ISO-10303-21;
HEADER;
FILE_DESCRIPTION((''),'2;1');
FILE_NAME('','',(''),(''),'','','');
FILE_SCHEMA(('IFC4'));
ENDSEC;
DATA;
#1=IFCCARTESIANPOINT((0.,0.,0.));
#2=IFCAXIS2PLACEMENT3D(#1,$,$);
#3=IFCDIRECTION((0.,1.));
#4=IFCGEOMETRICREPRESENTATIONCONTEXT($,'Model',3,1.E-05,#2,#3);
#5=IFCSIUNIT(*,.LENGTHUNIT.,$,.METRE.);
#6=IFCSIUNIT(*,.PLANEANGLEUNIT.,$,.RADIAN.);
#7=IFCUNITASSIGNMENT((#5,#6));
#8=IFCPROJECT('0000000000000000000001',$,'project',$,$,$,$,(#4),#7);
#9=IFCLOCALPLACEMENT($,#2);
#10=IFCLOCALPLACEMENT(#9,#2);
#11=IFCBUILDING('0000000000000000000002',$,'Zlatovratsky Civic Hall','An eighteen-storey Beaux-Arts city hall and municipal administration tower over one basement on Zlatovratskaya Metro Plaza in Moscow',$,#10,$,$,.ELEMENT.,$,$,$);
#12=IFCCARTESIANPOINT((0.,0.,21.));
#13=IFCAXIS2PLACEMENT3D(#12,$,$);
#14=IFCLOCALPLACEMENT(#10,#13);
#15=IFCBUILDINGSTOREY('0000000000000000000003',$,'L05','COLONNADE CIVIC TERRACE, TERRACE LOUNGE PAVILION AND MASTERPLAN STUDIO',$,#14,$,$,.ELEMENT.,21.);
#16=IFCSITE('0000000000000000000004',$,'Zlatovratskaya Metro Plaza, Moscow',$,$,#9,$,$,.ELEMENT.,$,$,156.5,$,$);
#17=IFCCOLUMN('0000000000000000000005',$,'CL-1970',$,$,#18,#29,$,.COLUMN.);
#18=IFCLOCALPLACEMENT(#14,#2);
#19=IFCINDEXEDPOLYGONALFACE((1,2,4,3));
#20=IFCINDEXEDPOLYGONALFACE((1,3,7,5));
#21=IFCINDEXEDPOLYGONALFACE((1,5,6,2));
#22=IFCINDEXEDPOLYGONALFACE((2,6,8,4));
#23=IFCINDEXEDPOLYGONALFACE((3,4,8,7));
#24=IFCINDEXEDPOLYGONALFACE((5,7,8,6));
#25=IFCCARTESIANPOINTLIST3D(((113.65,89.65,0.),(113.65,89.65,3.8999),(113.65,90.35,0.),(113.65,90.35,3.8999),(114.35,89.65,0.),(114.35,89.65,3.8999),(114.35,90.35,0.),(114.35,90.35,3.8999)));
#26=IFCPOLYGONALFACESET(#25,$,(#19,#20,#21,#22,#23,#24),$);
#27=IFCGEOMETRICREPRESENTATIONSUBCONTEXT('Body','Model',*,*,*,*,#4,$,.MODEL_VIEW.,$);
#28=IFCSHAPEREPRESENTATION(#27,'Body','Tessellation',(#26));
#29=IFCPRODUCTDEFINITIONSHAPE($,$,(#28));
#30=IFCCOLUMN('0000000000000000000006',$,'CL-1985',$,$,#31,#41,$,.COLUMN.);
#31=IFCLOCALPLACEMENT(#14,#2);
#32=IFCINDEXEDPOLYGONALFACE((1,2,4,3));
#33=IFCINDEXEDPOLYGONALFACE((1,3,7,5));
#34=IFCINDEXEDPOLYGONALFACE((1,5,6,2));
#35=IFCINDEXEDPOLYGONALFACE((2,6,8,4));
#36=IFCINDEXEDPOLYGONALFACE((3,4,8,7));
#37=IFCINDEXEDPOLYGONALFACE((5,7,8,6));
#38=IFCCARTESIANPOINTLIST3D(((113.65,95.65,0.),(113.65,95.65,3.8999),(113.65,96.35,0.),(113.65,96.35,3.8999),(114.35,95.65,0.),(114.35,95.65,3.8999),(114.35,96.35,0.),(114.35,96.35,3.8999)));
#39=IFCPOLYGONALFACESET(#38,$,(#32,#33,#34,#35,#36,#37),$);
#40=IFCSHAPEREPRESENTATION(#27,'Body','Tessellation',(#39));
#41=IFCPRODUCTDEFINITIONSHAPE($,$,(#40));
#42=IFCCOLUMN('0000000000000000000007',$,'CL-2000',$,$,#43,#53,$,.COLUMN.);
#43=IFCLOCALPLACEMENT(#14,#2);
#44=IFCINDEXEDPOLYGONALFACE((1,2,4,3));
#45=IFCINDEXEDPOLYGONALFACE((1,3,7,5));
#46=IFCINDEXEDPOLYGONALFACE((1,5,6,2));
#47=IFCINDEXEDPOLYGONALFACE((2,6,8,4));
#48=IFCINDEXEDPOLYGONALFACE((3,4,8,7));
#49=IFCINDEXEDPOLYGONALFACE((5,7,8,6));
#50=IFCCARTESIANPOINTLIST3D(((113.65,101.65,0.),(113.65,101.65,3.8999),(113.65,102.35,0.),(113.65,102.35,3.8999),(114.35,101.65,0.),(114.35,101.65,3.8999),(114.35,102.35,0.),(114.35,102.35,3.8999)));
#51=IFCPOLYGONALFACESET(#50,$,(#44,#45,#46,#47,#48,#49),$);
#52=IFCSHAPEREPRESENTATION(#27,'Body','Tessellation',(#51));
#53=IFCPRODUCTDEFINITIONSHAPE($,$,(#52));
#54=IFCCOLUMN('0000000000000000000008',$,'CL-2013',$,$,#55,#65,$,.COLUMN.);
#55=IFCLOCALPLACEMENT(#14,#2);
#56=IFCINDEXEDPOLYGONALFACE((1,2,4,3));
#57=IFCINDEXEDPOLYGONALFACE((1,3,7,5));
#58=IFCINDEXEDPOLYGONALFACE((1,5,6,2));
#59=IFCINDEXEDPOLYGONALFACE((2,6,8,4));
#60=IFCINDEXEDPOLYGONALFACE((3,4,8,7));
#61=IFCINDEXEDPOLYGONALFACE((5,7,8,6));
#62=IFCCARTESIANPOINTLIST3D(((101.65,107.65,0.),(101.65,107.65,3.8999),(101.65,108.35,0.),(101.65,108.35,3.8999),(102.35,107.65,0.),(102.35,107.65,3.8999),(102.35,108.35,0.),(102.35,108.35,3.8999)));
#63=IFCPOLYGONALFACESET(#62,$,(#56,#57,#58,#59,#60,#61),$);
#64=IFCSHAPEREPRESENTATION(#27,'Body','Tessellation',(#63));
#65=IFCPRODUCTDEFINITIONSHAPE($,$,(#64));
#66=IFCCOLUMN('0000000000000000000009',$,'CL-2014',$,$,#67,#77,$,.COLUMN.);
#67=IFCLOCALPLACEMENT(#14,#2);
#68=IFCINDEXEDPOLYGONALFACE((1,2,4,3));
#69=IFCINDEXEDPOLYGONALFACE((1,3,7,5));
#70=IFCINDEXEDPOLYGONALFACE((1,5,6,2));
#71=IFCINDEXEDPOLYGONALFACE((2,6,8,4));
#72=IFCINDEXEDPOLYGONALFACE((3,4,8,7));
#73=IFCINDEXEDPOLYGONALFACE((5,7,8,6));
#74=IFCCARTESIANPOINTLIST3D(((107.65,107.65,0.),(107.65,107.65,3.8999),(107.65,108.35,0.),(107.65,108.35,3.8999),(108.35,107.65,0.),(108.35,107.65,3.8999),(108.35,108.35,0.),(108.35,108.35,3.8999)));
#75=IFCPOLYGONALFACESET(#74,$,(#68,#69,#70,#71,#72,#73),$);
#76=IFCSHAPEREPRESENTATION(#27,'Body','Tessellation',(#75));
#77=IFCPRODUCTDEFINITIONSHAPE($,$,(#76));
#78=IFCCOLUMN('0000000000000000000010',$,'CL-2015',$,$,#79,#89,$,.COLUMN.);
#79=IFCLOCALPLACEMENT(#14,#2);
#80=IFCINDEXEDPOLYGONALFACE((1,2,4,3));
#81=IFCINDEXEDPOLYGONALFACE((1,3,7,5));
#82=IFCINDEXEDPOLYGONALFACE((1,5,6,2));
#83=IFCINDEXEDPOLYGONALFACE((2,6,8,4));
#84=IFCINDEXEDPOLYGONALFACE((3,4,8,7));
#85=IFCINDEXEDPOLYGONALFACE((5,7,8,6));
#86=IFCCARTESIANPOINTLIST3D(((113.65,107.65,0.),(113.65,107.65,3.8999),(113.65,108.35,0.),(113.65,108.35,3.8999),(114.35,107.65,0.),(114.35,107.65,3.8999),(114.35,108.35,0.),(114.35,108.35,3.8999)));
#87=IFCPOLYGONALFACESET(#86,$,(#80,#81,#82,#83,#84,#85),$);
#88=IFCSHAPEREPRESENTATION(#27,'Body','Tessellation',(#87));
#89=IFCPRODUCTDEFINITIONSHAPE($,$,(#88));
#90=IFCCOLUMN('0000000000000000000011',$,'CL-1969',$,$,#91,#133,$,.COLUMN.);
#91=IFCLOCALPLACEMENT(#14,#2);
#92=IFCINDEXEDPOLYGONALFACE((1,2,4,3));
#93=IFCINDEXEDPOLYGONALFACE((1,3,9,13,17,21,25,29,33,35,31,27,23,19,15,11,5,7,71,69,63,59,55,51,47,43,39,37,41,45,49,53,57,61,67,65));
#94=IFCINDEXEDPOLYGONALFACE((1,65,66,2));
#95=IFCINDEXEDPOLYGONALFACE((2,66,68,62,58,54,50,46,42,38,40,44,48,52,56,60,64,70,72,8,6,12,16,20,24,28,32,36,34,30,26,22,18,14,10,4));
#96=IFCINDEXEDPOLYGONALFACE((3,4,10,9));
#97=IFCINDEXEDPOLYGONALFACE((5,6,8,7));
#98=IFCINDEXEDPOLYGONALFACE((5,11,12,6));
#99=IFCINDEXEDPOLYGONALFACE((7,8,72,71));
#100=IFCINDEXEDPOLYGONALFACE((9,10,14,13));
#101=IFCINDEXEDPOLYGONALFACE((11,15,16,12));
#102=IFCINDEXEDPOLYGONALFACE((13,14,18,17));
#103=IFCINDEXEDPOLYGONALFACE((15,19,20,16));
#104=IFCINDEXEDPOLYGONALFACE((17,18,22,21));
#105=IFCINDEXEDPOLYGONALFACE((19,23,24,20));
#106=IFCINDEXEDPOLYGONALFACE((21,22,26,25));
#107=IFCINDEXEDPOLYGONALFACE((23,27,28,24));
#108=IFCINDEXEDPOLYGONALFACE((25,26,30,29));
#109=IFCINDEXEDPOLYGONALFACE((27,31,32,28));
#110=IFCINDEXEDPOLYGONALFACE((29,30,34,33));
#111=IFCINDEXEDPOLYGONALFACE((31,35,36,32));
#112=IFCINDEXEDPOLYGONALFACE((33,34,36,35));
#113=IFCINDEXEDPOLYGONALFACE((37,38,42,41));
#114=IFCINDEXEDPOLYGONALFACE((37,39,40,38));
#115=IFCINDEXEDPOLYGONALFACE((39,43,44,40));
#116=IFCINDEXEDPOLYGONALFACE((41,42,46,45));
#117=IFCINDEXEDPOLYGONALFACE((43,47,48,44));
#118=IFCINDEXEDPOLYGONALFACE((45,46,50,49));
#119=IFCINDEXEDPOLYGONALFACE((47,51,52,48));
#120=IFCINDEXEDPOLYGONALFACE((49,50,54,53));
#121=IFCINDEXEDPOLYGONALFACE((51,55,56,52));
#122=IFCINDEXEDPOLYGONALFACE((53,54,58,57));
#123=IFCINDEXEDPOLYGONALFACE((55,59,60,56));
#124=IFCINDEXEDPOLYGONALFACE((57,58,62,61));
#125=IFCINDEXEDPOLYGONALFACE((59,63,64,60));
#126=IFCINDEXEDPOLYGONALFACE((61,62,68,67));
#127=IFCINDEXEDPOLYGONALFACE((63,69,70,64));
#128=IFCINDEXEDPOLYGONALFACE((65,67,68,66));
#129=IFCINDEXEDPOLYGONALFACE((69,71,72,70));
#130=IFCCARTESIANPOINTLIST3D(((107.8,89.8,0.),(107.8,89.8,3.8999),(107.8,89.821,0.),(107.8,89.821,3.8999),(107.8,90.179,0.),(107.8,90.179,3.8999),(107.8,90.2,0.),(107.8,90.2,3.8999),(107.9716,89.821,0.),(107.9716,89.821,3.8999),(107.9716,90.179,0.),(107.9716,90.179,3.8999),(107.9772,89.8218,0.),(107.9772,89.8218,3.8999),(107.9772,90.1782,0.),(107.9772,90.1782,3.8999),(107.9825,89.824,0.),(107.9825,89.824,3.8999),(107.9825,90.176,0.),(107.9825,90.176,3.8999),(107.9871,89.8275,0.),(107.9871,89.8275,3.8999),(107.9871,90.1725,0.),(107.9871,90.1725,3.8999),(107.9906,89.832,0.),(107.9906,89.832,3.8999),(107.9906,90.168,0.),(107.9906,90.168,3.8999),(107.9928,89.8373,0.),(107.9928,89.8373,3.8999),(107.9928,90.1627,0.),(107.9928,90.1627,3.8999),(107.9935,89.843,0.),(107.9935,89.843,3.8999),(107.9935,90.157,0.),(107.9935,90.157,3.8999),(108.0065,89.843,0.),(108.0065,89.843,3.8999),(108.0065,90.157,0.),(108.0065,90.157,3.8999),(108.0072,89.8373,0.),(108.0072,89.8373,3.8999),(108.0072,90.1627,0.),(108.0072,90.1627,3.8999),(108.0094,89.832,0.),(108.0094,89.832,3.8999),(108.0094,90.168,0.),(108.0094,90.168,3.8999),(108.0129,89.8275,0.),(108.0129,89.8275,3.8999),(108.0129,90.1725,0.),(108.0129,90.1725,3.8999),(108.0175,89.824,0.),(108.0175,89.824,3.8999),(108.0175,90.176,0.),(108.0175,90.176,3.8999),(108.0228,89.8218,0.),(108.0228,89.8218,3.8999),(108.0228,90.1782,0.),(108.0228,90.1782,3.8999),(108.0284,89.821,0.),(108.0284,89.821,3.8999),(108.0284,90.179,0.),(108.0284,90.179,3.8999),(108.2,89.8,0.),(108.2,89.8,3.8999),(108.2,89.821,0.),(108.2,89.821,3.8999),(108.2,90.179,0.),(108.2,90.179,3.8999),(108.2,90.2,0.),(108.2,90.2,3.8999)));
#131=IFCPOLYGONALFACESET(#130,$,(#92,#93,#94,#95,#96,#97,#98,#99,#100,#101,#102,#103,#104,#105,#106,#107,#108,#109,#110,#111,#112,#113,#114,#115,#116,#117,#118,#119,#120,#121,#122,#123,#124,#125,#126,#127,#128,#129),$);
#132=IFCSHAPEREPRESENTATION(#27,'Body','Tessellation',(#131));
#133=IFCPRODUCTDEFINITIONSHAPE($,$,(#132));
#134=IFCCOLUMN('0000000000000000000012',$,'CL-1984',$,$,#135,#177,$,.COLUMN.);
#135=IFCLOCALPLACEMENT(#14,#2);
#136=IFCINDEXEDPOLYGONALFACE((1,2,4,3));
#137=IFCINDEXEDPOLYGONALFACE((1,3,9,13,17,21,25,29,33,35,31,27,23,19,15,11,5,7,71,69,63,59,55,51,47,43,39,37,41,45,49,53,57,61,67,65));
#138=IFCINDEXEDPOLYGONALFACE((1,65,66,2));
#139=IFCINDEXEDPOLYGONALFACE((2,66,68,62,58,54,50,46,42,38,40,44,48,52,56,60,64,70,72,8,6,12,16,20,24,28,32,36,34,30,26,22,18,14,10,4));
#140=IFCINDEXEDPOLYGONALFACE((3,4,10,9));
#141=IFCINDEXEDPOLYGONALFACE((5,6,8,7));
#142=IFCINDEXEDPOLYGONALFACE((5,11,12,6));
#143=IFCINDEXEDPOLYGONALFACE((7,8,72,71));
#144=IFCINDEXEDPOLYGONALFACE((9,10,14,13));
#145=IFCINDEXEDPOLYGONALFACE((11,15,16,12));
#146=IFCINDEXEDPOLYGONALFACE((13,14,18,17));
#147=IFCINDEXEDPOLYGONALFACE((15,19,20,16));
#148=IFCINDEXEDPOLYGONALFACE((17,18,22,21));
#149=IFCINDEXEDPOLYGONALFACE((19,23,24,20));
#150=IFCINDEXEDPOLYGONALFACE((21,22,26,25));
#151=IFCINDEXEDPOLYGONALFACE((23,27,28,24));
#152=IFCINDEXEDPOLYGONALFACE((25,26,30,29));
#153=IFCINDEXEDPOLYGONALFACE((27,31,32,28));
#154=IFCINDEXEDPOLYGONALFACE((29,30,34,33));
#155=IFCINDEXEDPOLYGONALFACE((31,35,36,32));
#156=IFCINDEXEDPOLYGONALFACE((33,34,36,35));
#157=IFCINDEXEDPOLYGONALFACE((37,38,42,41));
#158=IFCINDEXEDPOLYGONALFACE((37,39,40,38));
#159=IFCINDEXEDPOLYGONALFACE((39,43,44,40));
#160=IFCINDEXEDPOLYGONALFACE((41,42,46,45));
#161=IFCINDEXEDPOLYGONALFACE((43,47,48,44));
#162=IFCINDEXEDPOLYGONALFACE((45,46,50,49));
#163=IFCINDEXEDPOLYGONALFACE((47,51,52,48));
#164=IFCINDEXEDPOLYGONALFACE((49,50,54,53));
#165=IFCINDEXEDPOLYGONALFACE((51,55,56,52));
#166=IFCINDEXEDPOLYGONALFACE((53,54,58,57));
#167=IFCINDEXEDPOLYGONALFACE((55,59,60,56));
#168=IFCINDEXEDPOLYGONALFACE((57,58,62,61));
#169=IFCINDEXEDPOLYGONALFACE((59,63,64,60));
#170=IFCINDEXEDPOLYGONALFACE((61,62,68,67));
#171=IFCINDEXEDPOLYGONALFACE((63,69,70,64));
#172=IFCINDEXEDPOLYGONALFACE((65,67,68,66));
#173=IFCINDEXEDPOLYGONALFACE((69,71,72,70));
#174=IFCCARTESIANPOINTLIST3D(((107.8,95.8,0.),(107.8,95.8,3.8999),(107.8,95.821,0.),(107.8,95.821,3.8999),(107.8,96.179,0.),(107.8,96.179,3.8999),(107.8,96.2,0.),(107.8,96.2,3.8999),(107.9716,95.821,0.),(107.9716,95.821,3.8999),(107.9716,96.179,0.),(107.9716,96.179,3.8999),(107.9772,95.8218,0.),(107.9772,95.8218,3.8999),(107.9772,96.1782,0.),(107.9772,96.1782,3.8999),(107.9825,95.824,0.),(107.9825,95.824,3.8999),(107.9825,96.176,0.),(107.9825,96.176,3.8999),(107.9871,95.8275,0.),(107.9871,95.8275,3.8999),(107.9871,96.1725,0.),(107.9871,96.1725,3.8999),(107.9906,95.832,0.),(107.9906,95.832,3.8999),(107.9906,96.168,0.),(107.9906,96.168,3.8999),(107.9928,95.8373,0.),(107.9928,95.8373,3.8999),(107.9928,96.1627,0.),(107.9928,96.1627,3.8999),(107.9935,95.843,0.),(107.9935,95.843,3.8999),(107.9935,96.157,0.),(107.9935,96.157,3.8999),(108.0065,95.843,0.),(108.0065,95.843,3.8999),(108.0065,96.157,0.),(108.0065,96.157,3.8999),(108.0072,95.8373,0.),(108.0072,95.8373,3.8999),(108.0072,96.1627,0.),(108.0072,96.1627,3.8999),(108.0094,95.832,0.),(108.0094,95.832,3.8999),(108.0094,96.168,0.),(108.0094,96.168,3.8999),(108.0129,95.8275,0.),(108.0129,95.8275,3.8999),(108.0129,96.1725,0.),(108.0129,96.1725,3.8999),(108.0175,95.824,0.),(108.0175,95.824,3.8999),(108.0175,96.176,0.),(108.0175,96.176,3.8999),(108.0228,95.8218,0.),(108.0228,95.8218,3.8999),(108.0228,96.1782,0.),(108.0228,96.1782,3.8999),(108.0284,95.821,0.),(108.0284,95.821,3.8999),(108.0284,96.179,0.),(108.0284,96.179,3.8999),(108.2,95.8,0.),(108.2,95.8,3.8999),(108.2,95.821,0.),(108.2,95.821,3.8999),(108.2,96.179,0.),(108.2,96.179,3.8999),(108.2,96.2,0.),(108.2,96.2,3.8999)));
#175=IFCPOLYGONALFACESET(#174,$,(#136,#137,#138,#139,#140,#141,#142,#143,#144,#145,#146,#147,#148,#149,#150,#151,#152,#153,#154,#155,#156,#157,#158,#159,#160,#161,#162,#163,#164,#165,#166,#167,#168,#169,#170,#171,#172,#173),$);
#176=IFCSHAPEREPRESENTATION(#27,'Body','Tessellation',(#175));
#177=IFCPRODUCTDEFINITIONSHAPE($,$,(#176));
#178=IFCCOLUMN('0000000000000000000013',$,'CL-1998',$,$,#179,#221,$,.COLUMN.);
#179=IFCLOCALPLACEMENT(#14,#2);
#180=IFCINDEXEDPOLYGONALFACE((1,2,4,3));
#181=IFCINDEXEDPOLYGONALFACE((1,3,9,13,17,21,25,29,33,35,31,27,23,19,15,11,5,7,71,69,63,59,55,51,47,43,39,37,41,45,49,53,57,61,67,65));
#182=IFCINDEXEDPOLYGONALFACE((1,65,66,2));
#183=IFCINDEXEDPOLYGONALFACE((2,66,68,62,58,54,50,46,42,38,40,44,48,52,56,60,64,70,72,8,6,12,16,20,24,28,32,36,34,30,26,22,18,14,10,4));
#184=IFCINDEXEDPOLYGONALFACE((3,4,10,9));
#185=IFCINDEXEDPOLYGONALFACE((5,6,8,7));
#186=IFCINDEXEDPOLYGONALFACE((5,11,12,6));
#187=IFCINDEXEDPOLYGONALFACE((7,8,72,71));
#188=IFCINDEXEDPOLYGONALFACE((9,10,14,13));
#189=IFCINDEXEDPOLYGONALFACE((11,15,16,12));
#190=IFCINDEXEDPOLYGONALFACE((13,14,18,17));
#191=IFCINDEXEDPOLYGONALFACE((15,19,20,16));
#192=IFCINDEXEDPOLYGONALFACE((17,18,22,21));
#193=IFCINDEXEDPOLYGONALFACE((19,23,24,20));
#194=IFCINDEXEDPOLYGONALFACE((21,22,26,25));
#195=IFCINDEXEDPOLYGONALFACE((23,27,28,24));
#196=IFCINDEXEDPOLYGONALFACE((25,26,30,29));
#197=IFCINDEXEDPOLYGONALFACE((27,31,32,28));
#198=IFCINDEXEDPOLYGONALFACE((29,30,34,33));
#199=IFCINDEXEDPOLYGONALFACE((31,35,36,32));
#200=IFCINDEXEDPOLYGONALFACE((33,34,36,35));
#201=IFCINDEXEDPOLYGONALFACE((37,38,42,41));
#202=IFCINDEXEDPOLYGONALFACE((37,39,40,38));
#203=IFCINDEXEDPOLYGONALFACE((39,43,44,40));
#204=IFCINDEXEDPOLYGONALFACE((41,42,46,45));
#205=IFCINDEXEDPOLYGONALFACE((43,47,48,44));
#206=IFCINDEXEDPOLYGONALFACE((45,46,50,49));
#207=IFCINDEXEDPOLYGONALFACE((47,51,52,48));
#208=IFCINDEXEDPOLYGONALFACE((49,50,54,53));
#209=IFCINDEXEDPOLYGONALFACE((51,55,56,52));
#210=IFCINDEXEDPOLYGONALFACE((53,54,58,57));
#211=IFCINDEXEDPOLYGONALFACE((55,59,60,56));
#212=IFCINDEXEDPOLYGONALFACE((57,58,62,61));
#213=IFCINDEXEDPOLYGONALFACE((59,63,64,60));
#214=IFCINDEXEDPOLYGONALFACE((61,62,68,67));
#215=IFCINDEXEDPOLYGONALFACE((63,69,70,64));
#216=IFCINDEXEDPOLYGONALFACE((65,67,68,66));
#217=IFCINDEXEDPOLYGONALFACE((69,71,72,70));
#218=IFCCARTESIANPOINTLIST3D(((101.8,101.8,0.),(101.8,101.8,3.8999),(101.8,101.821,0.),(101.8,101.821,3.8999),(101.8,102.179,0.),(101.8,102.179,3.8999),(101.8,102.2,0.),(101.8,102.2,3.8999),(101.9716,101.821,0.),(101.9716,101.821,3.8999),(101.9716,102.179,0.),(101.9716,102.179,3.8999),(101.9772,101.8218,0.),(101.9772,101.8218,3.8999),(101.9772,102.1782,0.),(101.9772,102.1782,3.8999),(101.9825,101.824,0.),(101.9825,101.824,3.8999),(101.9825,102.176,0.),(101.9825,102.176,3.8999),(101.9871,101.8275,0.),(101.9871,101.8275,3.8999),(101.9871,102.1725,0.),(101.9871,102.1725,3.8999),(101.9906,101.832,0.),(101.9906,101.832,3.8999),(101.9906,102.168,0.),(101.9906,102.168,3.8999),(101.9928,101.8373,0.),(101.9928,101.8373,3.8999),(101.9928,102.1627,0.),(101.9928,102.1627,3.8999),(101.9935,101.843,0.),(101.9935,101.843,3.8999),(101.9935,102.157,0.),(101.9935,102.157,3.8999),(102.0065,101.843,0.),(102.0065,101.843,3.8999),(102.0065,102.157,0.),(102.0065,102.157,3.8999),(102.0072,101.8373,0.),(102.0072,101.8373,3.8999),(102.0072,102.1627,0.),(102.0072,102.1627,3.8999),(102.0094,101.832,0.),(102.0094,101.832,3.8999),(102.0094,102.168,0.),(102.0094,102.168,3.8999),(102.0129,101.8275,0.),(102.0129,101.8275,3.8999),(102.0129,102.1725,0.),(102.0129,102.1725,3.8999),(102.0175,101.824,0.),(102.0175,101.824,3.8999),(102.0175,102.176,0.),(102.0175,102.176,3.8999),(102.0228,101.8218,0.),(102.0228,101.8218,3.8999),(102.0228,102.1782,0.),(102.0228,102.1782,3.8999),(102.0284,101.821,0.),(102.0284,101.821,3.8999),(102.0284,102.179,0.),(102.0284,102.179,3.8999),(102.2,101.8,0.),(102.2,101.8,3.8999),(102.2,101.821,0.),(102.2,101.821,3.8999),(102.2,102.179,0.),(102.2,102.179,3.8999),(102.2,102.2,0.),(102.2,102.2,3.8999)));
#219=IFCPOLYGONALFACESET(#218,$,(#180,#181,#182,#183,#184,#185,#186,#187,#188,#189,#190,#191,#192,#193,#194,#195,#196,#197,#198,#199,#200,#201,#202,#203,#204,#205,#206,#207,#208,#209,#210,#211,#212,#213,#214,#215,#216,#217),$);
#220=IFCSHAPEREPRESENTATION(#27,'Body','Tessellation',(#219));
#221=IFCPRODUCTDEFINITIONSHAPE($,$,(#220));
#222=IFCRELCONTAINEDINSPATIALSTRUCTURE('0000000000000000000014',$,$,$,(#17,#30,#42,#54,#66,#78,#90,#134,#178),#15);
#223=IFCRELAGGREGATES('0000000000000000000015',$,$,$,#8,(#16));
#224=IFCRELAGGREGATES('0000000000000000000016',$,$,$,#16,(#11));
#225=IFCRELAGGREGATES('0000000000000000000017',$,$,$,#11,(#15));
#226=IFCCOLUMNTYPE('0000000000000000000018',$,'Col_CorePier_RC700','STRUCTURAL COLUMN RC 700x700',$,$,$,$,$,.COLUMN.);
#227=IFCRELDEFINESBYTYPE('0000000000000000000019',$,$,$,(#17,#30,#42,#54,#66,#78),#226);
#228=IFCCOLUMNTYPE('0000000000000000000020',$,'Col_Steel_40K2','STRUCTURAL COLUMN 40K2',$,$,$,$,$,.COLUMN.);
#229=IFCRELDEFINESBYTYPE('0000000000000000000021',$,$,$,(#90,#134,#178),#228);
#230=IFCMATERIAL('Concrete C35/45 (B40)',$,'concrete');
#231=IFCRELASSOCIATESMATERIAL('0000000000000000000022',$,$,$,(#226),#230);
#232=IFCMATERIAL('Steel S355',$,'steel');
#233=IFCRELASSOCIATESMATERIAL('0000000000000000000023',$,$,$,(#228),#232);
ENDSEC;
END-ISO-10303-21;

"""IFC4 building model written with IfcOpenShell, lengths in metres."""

from ifc_helpers import new_model, si_unit, direction, frame, origin, origin_2d, place, context, subcontext, project, spatial, rectangle, i_section, extrude, material, material_profile, profile_set, type_object, element, save


model = new_model("IFC4")

# Units and contexts
model_context = context("Model", 3, precision=1e-05, world=origin(), true_north=direction((0.0, 1.0)))
body_context = subcontext(model_context, "Body", "Model", "MODEL_VIEW")
ifc_project = project(units=[si_unit("LENGTHUNIT", "METRE"), si_unit("PLANEANGLEUNIT", "RADIAN")], contexts=[model_context])

# Site, building, storey
site_placement = place(None, origin())
site = spatial("IfcSite", under=ifc_project, at=site_placement, Name="Zlatovratskaya Metro Plaza, Moscow", CompositionType="ELEMENT", RefElevation=156.5)
building_placement = place(site_placement, origin())
building = spatial("IfcBuilding", under=site, at=building_placement, Name="Zlatovratsky Civic Hall", Description="An eighteen-storey Beaux-Arts city hall and municipal administration tower over one basement on Zlatovratskaya Metro Plaza in Moscow", CompositionType="ELEMENT")
storey_placement = place(building_placement, frame((0.0, 0.0, 21.0)))
storey = spatial("IfcBuildingStorey", under=building, at=storey_placement, Name="L05", Description="COLONNADE CIVIC TERRACE, TERRACE LOUNGE PAVILION AND MASTERPLAN STUDIO", CompositionType="ELEMENT", Elevation=21.0)

# Columns
ifc_material_1 = material(Name="Concrete C35/45 (B40)", Category="concrete")
ifc_material_profile_1 = material_profile(ifc_material_1, rectangle(XDim=0.7, YDim=0.7, at=origin_2d()), Name="RC 700x700")
ifc_profile_set_1 = profile_set([ifc_material_profile_1], Name="Concrete C35/45 (B40)")
column_type_1 = type_object("IfcColumnType", Name="Col_CorePier_RC700", Description="STRUCTURAL COLUMN RC 700x700", PredefinedType="COLUMN", material=ifc_profile_set_1)
for number, where, z_axis, x_axis, name in (
    (1, (114.0, 90.0, 0.0), (0.0, 0.0, 1.0), (1.0, 0.0, 0.0), "CL-1970"),
    (2, (114.0, 96.0, 0.0), (0.0, 0.0, 1.0), (1.0, 0.0, 0.0), "CL-1985"),
    (3, (114.0, 102.0, 0.0), (0.0, 0.0, 1.0), (1.0, 0.0, 0.0), "CL-2000"),
    (4, (102.0, 108.0, 0.0), (0.0, 0.0, 1.0), (1.0, 0.0, 0.0), "CL-2013"),
    (5, (108.0, 108.0, 0.0), (0.0, 0.0, 1.0), (1.0, 0.0, 0.0), "CL-2014"),
    (6, (114.0, 108.0, 0.0), (0.0, 0.0, 1.0), (1.0, 0.0, 0.0), "CL-2015"),
):
    element("IfcColumn", number, at=place(storey_placement, frame(where, z_axis=z_axis, x_axis=x_axis)), inside=storey, type_object=column_type_1, Name=name, PredefinedType="COLUMN", context=body_context, shape_type="SweptSolid", body=[
        extrude(rectangle(XDim=0.7, YDim=0.7, at=origin_2d()), origin(), (0.0, 0.0, 1.0), 3.8999),
    ])
ifc_material_2 = material(Name="Steel S355", Category="steel")
ifc_material_profile_2 = material_profile(ifc_material_2, i_section(OverallWidth=0.3999, OverallDepth=0.3999, WebThickness=0.0129, FlangeThickness=0.021, FilletRadius=0.022, at=origin_2d()), Name="40K2")
ifc_profile_set_2 = profile_set([ifc_material_profile_2], Name="Steel S355")
column_type_2 = type_object("IfcColumnType", Name="Col_Steel_40K2", Description="STRUCTURAL COLUMN 40K2", PredefinedType="COLUMN", material=ifc_profile_set_2)
for number, where, z_axis, x_axis, name in (
    (7, (108.0, 90.0, 0.0), (0.0, 0.0, 1.0), (1.0, 0.0, 0.0), "CL-1969"),
    (8, (108.0, 96.0, 0.0), (0.0, 0.0, 1.0), (1.0, 0.0, 0.0), "CL-1984"),
    (9, (102.0, 102.0, 0.0), (0.0, 0.0, 1.0), (1.0, 0.0, 0.0), "CL-1998"),
):
    element("IfcColumn", number, at=place(storey_placement, frame(where, z_axis=z_axis, x_axis=x_axis)), inside=storey, type_object=column_type_2, Name=name, PredefinedType="COLUMN", context=body_context, shape_type="SweptSolid", body=[
        extrude(i_section(OverallWidth=0.3999, OverallDepth=0.3999, WebThickness=0.0129, FlangeThickness=0.021, FilletRadius=0.022, at=origin_2d()), origin(), (0.0, 0.0, 1.0), 3.8999),
    ])

save(model, "model.ifc")
